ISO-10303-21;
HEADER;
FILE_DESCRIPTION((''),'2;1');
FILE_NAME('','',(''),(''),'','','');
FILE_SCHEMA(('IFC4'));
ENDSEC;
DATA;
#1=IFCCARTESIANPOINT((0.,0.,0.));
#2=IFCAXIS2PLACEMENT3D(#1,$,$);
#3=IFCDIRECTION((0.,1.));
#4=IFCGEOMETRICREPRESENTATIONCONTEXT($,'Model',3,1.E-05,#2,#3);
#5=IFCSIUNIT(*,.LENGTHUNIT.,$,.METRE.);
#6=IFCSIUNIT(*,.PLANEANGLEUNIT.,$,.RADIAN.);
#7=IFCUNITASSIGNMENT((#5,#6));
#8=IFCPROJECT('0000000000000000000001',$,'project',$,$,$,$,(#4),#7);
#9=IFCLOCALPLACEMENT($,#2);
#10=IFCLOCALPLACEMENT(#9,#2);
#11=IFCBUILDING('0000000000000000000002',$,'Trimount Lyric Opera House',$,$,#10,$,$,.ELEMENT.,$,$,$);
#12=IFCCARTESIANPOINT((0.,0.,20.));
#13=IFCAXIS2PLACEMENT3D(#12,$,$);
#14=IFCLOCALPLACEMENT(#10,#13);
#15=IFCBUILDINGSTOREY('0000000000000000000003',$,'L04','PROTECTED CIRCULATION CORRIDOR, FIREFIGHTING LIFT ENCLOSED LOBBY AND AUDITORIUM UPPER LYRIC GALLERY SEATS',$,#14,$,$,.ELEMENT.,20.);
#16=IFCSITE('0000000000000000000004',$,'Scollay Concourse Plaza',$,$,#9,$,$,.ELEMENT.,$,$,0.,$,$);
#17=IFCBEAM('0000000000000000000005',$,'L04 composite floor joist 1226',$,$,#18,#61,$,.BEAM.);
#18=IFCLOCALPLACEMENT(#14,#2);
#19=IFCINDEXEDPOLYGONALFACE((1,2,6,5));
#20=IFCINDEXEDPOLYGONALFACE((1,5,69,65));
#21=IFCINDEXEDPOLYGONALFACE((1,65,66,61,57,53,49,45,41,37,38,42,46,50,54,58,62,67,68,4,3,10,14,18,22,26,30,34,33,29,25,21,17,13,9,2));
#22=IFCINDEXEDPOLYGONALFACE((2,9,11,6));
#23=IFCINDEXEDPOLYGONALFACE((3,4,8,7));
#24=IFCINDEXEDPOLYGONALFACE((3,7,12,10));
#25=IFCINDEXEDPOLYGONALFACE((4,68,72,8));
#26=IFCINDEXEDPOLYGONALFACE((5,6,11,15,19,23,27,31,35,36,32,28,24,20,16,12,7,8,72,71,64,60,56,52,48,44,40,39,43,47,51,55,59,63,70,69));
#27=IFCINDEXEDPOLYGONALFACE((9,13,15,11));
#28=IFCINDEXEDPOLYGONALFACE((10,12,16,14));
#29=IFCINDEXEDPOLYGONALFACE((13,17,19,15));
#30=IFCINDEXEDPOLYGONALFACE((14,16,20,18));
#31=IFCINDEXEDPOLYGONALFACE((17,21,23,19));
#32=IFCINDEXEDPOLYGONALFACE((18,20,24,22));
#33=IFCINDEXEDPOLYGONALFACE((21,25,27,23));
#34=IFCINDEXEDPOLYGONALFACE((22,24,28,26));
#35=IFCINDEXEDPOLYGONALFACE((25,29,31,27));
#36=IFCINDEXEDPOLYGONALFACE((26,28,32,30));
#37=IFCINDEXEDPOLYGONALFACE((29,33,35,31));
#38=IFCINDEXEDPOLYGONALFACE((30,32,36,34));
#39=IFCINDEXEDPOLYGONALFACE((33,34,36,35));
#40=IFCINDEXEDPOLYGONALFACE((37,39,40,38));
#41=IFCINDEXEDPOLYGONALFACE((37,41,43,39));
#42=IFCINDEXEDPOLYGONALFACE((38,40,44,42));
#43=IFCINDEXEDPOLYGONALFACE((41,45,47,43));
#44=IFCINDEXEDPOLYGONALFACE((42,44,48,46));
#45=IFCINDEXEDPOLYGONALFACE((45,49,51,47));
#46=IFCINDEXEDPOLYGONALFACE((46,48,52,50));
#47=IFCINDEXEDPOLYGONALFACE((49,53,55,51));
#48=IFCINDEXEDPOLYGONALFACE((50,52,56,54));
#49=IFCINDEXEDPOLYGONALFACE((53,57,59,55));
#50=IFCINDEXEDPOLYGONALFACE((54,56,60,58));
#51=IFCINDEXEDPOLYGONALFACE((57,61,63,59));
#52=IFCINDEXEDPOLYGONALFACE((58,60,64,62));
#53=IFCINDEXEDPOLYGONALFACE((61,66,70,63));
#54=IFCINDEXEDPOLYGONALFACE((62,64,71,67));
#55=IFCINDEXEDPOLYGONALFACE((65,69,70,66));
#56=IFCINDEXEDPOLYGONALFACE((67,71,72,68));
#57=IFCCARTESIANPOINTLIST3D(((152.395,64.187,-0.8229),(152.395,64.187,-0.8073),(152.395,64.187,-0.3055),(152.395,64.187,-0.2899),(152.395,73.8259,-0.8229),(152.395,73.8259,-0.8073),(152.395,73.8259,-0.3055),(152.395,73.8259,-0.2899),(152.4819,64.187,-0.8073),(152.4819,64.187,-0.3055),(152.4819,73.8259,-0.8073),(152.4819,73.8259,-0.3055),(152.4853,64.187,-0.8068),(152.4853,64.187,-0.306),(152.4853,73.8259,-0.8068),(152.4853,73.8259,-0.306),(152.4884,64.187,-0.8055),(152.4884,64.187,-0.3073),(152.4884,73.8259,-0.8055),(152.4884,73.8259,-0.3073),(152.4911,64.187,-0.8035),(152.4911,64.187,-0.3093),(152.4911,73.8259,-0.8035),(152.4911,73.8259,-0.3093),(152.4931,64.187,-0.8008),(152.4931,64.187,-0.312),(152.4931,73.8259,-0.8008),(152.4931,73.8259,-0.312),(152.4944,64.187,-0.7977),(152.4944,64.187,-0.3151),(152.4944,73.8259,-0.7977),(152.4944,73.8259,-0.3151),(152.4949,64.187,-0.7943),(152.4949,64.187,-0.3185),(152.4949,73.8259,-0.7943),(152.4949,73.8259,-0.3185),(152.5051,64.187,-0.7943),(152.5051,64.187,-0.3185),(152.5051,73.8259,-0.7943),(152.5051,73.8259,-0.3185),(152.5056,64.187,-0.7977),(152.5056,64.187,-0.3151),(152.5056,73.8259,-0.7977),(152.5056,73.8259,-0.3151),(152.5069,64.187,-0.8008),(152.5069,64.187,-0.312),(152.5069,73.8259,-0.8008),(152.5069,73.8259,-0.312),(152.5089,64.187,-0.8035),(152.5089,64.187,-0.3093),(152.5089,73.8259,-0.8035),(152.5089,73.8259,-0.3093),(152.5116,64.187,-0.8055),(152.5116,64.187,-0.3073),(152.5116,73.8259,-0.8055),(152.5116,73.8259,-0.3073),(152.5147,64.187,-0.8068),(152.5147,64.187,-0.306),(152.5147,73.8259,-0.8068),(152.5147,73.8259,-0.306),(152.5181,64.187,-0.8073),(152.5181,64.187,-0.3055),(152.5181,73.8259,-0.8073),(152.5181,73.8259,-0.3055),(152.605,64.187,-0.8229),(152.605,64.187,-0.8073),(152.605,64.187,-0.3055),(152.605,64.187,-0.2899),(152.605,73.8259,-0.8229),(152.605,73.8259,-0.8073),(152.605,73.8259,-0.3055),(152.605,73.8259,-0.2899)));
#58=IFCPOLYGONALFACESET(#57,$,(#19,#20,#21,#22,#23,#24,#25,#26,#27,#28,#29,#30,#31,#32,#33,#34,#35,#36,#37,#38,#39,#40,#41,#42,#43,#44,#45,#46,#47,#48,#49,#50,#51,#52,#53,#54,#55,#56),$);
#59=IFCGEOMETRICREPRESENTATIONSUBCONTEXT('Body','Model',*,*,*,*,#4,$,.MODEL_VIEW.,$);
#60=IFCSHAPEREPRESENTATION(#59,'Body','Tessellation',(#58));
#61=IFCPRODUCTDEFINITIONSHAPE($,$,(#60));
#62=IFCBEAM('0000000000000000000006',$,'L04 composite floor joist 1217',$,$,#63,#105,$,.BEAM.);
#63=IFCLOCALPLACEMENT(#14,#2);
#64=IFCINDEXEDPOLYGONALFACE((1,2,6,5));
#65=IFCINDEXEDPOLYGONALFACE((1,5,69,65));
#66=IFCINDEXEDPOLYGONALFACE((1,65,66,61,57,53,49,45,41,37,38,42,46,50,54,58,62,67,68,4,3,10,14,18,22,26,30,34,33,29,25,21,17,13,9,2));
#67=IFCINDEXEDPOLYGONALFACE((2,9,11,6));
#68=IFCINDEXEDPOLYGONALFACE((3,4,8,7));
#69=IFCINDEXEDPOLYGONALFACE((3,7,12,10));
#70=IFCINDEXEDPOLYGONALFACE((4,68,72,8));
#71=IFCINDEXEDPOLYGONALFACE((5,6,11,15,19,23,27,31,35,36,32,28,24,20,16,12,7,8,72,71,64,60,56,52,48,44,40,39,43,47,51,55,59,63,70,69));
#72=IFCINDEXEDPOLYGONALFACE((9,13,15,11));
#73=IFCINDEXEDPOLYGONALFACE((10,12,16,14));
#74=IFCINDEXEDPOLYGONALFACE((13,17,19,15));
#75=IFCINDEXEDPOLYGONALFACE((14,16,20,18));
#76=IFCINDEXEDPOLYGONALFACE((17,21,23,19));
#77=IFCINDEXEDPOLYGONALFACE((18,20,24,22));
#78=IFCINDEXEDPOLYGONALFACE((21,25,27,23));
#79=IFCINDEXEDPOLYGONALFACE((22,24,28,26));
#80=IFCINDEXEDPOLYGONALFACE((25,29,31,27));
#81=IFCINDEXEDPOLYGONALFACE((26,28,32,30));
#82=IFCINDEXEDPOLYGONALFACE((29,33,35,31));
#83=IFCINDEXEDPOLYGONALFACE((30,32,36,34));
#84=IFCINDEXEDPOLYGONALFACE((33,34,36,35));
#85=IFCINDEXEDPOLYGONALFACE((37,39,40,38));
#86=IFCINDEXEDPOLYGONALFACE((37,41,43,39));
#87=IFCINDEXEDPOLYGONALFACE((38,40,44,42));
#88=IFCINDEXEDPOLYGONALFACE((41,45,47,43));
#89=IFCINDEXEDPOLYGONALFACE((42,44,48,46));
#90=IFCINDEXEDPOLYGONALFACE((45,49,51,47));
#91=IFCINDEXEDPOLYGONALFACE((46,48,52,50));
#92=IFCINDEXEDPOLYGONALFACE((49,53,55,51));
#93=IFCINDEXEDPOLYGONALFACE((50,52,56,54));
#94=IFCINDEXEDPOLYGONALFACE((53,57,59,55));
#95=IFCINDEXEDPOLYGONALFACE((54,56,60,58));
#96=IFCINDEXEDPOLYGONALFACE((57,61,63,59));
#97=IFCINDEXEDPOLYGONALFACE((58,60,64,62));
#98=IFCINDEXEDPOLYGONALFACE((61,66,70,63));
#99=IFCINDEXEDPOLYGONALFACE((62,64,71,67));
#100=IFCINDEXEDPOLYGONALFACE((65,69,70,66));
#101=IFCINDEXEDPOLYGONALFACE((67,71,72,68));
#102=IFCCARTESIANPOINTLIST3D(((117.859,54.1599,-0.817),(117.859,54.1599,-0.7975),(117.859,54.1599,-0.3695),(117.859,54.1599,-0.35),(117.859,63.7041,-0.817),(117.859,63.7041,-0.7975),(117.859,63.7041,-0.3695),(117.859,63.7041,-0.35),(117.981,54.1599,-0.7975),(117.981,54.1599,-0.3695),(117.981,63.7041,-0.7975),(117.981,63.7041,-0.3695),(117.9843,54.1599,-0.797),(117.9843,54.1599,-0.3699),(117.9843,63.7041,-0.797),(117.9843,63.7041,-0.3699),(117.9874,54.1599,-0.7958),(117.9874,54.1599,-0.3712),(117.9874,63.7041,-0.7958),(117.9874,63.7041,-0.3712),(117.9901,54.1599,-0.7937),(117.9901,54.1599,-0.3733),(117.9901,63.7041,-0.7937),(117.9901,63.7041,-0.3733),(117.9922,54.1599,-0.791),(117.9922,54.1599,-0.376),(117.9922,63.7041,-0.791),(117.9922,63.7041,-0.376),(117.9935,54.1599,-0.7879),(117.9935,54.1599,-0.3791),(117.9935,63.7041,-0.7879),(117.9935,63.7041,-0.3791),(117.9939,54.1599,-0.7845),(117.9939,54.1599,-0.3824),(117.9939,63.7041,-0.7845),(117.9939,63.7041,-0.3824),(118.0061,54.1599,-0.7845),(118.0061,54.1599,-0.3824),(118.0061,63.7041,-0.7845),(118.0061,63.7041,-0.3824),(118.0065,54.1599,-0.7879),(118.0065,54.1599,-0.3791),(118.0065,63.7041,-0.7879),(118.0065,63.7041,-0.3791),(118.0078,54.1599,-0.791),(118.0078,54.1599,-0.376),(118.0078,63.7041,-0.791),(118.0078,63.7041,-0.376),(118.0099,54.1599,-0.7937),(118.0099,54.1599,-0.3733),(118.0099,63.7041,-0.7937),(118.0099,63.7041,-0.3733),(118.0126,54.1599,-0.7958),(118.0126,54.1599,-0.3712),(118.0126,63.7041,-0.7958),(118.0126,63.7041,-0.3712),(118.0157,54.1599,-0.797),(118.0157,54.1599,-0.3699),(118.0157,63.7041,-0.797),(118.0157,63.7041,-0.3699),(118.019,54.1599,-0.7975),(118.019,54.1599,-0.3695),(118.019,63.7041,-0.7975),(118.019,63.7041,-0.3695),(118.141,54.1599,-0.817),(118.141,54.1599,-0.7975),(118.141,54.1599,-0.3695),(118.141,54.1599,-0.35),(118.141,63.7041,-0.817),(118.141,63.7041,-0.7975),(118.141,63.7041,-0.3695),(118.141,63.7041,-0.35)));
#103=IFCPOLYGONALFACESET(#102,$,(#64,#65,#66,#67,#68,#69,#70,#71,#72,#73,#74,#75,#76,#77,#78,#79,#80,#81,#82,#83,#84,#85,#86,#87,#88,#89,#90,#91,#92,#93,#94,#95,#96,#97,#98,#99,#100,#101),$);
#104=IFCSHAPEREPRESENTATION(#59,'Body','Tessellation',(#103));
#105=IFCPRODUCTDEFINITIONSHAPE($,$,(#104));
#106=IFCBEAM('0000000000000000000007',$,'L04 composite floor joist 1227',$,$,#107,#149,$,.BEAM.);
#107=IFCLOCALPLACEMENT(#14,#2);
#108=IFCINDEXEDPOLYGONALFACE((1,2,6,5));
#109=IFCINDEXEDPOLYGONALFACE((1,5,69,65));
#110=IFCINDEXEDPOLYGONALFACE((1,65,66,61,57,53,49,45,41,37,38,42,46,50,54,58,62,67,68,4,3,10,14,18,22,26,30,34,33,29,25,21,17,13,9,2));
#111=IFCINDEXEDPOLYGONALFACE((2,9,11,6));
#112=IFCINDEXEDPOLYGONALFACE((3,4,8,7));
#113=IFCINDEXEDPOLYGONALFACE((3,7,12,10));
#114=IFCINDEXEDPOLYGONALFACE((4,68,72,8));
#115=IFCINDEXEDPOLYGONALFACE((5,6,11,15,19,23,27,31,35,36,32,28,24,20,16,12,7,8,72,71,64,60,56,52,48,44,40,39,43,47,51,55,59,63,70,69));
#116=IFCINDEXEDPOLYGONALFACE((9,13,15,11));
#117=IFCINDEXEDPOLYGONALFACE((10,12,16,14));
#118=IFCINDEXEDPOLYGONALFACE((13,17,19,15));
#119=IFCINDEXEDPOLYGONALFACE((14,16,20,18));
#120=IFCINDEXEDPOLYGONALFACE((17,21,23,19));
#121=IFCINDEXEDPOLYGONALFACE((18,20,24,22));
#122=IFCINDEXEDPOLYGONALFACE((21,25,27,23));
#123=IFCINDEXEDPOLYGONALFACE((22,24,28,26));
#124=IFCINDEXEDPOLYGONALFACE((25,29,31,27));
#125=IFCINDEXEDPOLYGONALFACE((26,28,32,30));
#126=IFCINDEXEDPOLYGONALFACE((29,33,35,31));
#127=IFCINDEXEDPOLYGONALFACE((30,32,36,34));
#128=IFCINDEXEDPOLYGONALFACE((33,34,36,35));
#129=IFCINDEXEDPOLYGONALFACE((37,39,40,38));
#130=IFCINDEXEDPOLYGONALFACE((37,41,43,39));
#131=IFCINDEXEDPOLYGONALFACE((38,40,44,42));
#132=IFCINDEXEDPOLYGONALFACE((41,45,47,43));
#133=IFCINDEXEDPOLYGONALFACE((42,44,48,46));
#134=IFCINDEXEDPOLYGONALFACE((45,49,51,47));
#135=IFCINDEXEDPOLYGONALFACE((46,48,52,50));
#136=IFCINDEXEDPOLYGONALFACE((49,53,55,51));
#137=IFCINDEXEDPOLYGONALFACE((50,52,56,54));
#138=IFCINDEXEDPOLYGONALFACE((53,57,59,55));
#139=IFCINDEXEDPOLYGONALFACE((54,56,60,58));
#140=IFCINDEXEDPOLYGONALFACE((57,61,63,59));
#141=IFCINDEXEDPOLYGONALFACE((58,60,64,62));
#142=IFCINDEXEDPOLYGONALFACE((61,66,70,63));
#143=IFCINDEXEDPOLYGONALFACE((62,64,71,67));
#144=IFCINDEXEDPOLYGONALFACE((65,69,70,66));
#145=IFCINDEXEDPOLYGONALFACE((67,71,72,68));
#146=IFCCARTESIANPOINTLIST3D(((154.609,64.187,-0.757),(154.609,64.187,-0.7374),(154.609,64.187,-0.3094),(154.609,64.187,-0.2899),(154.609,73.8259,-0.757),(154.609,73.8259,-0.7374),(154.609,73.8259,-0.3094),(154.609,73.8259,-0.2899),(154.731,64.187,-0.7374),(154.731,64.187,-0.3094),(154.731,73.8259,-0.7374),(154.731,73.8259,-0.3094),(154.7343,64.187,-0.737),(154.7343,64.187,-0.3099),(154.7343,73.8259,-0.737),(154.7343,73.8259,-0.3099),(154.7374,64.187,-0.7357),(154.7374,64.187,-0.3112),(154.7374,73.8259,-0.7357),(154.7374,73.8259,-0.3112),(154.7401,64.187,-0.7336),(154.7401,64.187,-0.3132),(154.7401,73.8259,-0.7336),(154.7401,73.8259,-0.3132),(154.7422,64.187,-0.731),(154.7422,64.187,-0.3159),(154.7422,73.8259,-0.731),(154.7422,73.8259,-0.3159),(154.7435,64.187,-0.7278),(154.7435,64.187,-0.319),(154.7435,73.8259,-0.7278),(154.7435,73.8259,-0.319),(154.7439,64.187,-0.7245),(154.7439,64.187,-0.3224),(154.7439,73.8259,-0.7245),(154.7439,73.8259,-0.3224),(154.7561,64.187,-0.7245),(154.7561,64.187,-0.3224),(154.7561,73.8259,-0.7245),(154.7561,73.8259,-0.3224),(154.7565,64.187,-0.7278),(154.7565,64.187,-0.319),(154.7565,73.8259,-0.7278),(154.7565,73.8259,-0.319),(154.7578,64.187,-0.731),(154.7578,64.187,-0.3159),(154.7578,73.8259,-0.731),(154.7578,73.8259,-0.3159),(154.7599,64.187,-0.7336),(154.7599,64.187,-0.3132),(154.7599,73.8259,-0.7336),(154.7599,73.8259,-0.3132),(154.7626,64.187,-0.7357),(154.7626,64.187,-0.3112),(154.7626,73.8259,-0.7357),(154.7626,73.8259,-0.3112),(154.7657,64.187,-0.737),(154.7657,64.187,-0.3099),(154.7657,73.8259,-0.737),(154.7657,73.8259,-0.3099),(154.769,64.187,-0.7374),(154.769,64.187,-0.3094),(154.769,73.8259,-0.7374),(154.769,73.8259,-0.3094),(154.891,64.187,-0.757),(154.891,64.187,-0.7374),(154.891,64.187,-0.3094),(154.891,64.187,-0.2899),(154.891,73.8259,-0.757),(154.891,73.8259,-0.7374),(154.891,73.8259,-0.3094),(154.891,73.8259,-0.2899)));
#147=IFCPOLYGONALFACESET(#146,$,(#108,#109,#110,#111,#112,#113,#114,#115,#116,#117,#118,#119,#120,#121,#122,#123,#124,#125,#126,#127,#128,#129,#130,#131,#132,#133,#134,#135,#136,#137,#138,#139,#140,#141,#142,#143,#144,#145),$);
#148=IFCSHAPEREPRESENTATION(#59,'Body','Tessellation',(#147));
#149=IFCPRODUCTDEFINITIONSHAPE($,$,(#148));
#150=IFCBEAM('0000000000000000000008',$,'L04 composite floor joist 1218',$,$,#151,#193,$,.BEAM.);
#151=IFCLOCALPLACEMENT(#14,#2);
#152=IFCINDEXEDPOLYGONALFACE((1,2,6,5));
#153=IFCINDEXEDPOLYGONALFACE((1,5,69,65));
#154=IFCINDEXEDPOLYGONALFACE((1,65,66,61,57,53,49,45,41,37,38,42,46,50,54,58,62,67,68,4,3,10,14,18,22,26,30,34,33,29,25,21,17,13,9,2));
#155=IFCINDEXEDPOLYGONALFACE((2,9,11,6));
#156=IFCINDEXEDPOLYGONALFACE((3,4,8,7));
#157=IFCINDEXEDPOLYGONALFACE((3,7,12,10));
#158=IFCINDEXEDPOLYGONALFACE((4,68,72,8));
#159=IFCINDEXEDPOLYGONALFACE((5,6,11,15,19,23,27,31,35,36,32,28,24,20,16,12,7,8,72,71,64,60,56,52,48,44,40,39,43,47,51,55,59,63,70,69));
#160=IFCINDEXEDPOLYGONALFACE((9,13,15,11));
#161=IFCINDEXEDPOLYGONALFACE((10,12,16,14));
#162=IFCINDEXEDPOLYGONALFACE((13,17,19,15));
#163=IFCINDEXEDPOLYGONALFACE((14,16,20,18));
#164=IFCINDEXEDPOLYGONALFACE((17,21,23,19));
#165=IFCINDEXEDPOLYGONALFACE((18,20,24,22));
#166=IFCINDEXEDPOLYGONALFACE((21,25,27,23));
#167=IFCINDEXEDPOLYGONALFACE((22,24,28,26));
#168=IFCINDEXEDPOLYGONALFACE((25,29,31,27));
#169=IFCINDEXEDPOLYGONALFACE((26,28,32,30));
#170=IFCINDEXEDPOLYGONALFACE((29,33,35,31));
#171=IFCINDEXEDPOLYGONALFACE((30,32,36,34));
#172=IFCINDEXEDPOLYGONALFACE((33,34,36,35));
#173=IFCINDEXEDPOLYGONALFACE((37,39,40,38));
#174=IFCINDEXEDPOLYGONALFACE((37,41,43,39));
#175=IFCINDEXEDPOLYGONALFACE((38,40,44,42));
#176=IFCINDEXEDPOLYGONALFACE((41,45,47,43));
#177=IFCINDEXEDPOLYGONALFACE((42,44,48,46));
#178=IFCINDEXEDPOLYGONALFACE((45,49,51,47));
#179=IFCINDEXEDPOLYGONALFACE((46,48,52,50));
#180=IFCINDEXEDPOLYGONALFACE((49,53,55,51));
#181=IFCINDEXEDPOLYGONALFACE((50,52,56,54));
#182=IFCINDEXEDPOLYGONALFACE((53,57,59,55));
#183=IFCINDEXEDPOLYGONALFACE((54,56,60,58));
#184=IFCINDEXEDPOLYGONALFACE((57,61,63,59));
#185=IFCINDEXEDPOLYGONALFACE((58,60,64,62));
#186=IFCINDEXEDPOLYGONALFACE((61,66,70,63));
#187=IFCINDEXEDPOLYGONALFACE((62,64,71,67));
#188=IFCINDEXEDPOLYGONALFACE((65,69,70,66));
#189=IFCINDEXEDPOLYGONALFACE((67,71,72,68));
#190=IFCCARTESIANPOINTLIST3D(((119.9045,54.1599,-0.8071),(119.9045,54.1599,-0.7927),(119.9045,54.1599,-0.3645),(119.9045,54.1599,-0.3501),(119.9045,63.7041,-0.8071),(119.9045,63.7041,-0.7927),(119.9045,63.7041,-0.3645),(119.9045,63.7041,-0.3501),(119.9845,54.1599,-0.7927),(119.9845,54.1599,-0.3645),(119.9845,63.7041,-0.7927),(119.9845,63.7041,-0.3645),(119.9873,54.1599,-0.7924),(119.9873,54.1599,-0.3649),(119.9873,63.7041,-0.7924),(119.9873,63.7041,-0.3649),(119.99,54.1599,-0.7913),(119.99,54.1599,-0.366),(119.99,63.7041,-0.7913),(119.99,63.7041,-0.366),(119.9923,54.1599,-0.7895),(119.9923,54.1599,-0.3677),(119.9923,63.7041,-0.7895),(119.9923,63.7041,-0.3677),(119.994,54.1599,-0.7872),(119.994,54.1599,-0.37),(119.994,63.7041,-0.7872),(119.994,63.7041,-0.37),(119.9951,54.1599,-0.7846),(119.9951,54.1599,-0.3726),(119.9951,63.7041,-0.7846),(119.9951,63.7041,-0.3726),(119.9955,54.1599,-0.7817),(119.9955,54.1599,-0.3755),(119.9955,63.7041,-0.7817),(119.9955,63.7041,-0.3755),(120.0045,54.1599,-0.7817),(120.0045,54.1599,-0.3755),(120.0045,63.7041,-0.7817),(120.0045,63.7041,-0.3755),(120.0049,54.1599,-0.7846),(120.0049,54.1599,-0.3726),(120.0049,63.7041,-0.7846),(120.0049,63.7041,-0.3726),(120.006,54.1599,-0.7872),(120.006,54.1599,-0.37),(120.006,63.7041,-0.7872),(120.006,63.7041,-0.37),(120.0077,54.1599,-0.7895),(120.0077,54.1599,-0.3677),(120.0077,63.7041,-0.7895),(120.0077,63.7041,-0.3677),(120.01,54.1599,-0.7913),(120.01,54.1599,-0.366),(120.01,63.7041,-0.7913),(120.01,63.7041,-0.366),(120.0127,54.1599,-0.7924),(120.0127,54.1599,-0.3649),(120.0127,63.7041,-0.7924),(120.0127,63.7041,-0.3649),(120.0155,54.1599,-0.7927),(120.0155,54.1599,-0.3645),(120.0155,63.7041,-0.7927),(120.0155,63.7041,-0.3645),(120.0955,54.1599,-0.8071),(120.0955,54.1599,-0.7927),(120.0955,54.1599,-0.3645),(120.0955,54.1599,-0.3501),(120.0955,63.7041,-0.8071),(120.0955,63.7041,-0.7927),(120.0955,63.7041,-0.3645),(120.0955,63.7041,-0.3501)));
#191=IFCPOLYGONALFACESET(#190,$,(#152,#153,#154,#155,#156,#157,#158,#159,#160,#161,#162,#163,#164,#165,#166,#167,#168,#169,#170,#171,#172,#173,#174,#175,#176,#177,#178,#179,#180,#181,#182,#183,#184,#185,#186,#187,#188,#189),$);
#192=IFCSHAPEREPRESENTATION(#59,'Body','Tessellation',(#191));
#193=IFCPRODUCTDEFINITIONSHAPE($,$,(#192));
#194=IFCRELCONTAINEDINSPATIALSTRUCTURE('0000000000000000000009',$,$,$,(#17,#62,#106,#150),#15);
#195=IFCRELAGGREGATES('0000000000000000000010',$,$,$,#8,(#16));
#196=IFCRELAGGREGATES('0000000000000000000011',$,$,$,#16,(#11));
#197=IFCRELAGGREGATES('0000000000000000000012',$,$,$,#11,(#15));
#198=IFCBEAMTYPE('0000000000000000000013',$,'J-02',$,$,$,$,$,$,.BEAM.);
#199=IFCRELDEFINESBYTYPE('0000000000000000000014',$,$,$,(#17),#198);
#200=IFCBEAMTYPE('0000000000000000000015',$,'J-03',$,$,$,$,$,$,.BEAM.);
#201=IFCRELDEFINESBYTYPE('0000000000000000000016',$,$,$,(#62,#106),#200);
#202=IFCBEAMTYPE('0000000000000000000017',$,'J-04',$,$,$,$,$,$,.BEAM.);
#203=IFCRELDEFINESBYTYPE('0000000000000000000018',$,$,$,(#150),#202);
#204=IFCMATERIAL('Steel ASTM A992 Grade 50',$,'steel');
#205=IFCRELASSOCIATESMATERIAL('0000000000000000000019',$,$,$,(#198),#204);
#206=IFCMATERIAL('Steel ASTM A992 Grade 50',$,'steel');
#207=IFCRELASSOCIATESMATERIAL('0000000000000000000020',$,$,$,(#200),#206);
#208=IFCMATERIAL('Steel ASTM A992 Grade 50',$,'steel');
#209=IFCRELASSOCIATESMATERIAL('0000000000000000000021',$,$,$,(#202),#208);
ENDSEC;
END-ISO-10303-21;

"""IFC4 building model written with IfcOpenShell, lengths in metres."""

from ifc_helpers import new_model, si_unit, direction, frame, origin, origin_2d, place, context, subcontext, project, spatial, i_section, extrude, material, material_profile, profile_set, type_object, element, save


model = new_model("IFC4")

# Units and contexts
model_context = context("Model", 3, precision=1e-05, world=origin(), true_north=direction((0.0, 1.0)))
body_context = subcontext(model_context, "Body", "Model", "MODEL_VIEW")
ifc_project = project(units=[si_unit("LENGTHUNIT", "METRE"), si_unit("PLANEANGLEUNIT", "RADIAN")], contexts=[model_context])

# Site, building, storey
site_placement = place(None, origin())
site = spatial("IfcSite", under=ifc_project, at=site_placement, Name="Scollay Concourse Plaza", CompositionType="ELEMENT", RefElevation=0.0)
building_placement = place(site_placement, origin())
building = spatial("IfcBuilding", under=site, at=building_placement, Name="Trimount Lyric Opera House", CompositionType="ELEMENT")
storey_placement = place(building_placement, frame((0.0, 0.0, 20.0)))
storey = spatial("IfcBuildingStorey", under=building, at=storey_placement, Name="L04", Description="PROTECTED CIRCULATION CORRIDOR, FIREFIGHTING LIFT ENCLOSED LOBBY AND AUDITORIUM UPPER LYRIC GALLERY SEATS", CompositionType="ELEMENT", Elevation=20.0)

# Beams
ifc_material_1 = material(Name="Steel ASTM A992 Grade 50", Category="steel")
ifc_material_profile_1 = material_profile(ifc_material_1, i_section(OverallWidth=0.21, OverallDepth=0.533, WebThickness=0.0103, FlangeThickness=0.0156, FilletRadius=0.0129, at=origin_2d()), Name="W21X62")
ifc_profile_set_1 = profile_set([ifc_material_profile_1], Name="Steel ASTM A992 Grade 50")
beam_type_1 = type_object("IfcBeamType", Name="J-02", PredefinedType="BEAM", material=ifc_profile_set_1)
beam_1_placement = place(storey_placement, frame((152.5, 64.187, -0.5564), z_axis=(0.0, 1.0, 0.0), x_axis=(-1.0, 0.0, 0.0)))
element("IfcBeam", 1, at=beam_1_placement, inside=storey, type_object=beam_type_1, Name="L04 composite floor joist 1226", PredefinedType="BEAM", context=body_context, shape_type="SweptSolid", body=[
    extrude(i_section(OverallWidth=0.21, OverallDepth=0.533, WebThickness=0.0103, FlangeThickness=0.0156, FilletRadius=0.0129, at=origin_2d()), origin(), (0.0, 0.0, 1.0), 9.6389),
])
ifc_material_2 = material(Name="Steel ASTM A992 Grade 50", Category="steel")
ifc_material_profile_2 = material_profile(ifc_material_2, i_section(OverallWidth=0.282, OverallDepth=0.467, WebThickness=0.0122, FlangeThickness=0.0195, FilletRadius=0.0129, at=origin_2d()), Name="W18X86")
ifc_profile_set_2 = profile_set([ifc_material_profile_2], Name="Steel ASTM A992 Grade 50")
beam_type_2 = type_object("IfcBeamType", Name="J-03", PredefinedType="BEAM", material=ifc_profile_set_2)
beam_2_placement = place(storey_placement, frame((118.0, 54.1599, -0.5835), z_axis=(0.0, 1.0, 0.0), x_axis=(-1.0, 0.0, 0.0)))
element("IfcBeam", 2, at=beam_2_placement, inside=storey, type_object=beam_type_2, Name="L04 composite floor joist 1217", PredefinedType="BEAM", context=body_context, shape_type="SweptSolid", body=[
    extrude(i_section(OverallWidth=0.282, OverallDepth=0.467, WebThickness=0.0122, FlangeThickness=0.0195, FilletRadius=0.0129, at=origin_2d()), origin(), (0.0, 0.0, 1.0), 9.5442),
])
beam_3_placement = place(storey_placement, frame((154.75, 64.187, -0.5234), z_axis=(0.0, 1.0, 0.0), x_axis=(-1.0, 0.0, 0.0)))
element("IfcBeam", 3, at=beam_3_placement, inside=storey, type_object=beam_type_2, Name="L04 composite floor joist 1227", PredefinedType="BEAM", context=body_context, shape_type="SweptSolid", body=[
    extrude(i_section(OverallWidth=0.282, OverallDepth=0.467, WebThickness=0.0122, FlangeThickness=0.0195, FilletRadius=0.0129, at=origin_2d()), origin(), (0.0, 0.0, 1.0), 9.6389),
])
ifc_material_3 = material(Name="Steel ASTM A992 Grade 50", Category="steel")
ifc_material_profile_3 = material_profile(ifc_material_3, i_section(OverallWidth=0.1909, OverallDepth=0.457, WebThickness=0.009, FlangeThickness=0.0144, FilletRadius=0.011, at=origin_2d()), Name="W18X50")
ifc_profile_set_3 = profile_set([ifc_material_profile_3], Name="Steel ASTM A992 Grade 50")
beam_type_3 = type_object("IfcBeamType", Name="J-04", PredefinedType="BEAM", material=ifc_profile_set_3)
beam_4_placement = place(storey_placement, frame((120.0, 54.1599, -0.5786), z_axis=(0.0, 1.0, 0.0), x_axis=(-1.0, 0.0, 0.0)))
element("IfcBeam", 4, at=beam_4_placement, inside=storey, type_object=beam_type_3, Name="L04 composite floor joist 1218", PredefinedType="BEAM", context=body_context, shape_type="SweptSolid", body=[
    extrude(i_section(OverallWidth=0.1909, OverallDepth=0.457, WebThickness=0.009, FlangeThickness=0.0144, FilletRadius=0.011, at=origin_2d()), origin(), (0.0, 0.0, 1.0), 9.5442),
])

save(model, "model.ifc")
